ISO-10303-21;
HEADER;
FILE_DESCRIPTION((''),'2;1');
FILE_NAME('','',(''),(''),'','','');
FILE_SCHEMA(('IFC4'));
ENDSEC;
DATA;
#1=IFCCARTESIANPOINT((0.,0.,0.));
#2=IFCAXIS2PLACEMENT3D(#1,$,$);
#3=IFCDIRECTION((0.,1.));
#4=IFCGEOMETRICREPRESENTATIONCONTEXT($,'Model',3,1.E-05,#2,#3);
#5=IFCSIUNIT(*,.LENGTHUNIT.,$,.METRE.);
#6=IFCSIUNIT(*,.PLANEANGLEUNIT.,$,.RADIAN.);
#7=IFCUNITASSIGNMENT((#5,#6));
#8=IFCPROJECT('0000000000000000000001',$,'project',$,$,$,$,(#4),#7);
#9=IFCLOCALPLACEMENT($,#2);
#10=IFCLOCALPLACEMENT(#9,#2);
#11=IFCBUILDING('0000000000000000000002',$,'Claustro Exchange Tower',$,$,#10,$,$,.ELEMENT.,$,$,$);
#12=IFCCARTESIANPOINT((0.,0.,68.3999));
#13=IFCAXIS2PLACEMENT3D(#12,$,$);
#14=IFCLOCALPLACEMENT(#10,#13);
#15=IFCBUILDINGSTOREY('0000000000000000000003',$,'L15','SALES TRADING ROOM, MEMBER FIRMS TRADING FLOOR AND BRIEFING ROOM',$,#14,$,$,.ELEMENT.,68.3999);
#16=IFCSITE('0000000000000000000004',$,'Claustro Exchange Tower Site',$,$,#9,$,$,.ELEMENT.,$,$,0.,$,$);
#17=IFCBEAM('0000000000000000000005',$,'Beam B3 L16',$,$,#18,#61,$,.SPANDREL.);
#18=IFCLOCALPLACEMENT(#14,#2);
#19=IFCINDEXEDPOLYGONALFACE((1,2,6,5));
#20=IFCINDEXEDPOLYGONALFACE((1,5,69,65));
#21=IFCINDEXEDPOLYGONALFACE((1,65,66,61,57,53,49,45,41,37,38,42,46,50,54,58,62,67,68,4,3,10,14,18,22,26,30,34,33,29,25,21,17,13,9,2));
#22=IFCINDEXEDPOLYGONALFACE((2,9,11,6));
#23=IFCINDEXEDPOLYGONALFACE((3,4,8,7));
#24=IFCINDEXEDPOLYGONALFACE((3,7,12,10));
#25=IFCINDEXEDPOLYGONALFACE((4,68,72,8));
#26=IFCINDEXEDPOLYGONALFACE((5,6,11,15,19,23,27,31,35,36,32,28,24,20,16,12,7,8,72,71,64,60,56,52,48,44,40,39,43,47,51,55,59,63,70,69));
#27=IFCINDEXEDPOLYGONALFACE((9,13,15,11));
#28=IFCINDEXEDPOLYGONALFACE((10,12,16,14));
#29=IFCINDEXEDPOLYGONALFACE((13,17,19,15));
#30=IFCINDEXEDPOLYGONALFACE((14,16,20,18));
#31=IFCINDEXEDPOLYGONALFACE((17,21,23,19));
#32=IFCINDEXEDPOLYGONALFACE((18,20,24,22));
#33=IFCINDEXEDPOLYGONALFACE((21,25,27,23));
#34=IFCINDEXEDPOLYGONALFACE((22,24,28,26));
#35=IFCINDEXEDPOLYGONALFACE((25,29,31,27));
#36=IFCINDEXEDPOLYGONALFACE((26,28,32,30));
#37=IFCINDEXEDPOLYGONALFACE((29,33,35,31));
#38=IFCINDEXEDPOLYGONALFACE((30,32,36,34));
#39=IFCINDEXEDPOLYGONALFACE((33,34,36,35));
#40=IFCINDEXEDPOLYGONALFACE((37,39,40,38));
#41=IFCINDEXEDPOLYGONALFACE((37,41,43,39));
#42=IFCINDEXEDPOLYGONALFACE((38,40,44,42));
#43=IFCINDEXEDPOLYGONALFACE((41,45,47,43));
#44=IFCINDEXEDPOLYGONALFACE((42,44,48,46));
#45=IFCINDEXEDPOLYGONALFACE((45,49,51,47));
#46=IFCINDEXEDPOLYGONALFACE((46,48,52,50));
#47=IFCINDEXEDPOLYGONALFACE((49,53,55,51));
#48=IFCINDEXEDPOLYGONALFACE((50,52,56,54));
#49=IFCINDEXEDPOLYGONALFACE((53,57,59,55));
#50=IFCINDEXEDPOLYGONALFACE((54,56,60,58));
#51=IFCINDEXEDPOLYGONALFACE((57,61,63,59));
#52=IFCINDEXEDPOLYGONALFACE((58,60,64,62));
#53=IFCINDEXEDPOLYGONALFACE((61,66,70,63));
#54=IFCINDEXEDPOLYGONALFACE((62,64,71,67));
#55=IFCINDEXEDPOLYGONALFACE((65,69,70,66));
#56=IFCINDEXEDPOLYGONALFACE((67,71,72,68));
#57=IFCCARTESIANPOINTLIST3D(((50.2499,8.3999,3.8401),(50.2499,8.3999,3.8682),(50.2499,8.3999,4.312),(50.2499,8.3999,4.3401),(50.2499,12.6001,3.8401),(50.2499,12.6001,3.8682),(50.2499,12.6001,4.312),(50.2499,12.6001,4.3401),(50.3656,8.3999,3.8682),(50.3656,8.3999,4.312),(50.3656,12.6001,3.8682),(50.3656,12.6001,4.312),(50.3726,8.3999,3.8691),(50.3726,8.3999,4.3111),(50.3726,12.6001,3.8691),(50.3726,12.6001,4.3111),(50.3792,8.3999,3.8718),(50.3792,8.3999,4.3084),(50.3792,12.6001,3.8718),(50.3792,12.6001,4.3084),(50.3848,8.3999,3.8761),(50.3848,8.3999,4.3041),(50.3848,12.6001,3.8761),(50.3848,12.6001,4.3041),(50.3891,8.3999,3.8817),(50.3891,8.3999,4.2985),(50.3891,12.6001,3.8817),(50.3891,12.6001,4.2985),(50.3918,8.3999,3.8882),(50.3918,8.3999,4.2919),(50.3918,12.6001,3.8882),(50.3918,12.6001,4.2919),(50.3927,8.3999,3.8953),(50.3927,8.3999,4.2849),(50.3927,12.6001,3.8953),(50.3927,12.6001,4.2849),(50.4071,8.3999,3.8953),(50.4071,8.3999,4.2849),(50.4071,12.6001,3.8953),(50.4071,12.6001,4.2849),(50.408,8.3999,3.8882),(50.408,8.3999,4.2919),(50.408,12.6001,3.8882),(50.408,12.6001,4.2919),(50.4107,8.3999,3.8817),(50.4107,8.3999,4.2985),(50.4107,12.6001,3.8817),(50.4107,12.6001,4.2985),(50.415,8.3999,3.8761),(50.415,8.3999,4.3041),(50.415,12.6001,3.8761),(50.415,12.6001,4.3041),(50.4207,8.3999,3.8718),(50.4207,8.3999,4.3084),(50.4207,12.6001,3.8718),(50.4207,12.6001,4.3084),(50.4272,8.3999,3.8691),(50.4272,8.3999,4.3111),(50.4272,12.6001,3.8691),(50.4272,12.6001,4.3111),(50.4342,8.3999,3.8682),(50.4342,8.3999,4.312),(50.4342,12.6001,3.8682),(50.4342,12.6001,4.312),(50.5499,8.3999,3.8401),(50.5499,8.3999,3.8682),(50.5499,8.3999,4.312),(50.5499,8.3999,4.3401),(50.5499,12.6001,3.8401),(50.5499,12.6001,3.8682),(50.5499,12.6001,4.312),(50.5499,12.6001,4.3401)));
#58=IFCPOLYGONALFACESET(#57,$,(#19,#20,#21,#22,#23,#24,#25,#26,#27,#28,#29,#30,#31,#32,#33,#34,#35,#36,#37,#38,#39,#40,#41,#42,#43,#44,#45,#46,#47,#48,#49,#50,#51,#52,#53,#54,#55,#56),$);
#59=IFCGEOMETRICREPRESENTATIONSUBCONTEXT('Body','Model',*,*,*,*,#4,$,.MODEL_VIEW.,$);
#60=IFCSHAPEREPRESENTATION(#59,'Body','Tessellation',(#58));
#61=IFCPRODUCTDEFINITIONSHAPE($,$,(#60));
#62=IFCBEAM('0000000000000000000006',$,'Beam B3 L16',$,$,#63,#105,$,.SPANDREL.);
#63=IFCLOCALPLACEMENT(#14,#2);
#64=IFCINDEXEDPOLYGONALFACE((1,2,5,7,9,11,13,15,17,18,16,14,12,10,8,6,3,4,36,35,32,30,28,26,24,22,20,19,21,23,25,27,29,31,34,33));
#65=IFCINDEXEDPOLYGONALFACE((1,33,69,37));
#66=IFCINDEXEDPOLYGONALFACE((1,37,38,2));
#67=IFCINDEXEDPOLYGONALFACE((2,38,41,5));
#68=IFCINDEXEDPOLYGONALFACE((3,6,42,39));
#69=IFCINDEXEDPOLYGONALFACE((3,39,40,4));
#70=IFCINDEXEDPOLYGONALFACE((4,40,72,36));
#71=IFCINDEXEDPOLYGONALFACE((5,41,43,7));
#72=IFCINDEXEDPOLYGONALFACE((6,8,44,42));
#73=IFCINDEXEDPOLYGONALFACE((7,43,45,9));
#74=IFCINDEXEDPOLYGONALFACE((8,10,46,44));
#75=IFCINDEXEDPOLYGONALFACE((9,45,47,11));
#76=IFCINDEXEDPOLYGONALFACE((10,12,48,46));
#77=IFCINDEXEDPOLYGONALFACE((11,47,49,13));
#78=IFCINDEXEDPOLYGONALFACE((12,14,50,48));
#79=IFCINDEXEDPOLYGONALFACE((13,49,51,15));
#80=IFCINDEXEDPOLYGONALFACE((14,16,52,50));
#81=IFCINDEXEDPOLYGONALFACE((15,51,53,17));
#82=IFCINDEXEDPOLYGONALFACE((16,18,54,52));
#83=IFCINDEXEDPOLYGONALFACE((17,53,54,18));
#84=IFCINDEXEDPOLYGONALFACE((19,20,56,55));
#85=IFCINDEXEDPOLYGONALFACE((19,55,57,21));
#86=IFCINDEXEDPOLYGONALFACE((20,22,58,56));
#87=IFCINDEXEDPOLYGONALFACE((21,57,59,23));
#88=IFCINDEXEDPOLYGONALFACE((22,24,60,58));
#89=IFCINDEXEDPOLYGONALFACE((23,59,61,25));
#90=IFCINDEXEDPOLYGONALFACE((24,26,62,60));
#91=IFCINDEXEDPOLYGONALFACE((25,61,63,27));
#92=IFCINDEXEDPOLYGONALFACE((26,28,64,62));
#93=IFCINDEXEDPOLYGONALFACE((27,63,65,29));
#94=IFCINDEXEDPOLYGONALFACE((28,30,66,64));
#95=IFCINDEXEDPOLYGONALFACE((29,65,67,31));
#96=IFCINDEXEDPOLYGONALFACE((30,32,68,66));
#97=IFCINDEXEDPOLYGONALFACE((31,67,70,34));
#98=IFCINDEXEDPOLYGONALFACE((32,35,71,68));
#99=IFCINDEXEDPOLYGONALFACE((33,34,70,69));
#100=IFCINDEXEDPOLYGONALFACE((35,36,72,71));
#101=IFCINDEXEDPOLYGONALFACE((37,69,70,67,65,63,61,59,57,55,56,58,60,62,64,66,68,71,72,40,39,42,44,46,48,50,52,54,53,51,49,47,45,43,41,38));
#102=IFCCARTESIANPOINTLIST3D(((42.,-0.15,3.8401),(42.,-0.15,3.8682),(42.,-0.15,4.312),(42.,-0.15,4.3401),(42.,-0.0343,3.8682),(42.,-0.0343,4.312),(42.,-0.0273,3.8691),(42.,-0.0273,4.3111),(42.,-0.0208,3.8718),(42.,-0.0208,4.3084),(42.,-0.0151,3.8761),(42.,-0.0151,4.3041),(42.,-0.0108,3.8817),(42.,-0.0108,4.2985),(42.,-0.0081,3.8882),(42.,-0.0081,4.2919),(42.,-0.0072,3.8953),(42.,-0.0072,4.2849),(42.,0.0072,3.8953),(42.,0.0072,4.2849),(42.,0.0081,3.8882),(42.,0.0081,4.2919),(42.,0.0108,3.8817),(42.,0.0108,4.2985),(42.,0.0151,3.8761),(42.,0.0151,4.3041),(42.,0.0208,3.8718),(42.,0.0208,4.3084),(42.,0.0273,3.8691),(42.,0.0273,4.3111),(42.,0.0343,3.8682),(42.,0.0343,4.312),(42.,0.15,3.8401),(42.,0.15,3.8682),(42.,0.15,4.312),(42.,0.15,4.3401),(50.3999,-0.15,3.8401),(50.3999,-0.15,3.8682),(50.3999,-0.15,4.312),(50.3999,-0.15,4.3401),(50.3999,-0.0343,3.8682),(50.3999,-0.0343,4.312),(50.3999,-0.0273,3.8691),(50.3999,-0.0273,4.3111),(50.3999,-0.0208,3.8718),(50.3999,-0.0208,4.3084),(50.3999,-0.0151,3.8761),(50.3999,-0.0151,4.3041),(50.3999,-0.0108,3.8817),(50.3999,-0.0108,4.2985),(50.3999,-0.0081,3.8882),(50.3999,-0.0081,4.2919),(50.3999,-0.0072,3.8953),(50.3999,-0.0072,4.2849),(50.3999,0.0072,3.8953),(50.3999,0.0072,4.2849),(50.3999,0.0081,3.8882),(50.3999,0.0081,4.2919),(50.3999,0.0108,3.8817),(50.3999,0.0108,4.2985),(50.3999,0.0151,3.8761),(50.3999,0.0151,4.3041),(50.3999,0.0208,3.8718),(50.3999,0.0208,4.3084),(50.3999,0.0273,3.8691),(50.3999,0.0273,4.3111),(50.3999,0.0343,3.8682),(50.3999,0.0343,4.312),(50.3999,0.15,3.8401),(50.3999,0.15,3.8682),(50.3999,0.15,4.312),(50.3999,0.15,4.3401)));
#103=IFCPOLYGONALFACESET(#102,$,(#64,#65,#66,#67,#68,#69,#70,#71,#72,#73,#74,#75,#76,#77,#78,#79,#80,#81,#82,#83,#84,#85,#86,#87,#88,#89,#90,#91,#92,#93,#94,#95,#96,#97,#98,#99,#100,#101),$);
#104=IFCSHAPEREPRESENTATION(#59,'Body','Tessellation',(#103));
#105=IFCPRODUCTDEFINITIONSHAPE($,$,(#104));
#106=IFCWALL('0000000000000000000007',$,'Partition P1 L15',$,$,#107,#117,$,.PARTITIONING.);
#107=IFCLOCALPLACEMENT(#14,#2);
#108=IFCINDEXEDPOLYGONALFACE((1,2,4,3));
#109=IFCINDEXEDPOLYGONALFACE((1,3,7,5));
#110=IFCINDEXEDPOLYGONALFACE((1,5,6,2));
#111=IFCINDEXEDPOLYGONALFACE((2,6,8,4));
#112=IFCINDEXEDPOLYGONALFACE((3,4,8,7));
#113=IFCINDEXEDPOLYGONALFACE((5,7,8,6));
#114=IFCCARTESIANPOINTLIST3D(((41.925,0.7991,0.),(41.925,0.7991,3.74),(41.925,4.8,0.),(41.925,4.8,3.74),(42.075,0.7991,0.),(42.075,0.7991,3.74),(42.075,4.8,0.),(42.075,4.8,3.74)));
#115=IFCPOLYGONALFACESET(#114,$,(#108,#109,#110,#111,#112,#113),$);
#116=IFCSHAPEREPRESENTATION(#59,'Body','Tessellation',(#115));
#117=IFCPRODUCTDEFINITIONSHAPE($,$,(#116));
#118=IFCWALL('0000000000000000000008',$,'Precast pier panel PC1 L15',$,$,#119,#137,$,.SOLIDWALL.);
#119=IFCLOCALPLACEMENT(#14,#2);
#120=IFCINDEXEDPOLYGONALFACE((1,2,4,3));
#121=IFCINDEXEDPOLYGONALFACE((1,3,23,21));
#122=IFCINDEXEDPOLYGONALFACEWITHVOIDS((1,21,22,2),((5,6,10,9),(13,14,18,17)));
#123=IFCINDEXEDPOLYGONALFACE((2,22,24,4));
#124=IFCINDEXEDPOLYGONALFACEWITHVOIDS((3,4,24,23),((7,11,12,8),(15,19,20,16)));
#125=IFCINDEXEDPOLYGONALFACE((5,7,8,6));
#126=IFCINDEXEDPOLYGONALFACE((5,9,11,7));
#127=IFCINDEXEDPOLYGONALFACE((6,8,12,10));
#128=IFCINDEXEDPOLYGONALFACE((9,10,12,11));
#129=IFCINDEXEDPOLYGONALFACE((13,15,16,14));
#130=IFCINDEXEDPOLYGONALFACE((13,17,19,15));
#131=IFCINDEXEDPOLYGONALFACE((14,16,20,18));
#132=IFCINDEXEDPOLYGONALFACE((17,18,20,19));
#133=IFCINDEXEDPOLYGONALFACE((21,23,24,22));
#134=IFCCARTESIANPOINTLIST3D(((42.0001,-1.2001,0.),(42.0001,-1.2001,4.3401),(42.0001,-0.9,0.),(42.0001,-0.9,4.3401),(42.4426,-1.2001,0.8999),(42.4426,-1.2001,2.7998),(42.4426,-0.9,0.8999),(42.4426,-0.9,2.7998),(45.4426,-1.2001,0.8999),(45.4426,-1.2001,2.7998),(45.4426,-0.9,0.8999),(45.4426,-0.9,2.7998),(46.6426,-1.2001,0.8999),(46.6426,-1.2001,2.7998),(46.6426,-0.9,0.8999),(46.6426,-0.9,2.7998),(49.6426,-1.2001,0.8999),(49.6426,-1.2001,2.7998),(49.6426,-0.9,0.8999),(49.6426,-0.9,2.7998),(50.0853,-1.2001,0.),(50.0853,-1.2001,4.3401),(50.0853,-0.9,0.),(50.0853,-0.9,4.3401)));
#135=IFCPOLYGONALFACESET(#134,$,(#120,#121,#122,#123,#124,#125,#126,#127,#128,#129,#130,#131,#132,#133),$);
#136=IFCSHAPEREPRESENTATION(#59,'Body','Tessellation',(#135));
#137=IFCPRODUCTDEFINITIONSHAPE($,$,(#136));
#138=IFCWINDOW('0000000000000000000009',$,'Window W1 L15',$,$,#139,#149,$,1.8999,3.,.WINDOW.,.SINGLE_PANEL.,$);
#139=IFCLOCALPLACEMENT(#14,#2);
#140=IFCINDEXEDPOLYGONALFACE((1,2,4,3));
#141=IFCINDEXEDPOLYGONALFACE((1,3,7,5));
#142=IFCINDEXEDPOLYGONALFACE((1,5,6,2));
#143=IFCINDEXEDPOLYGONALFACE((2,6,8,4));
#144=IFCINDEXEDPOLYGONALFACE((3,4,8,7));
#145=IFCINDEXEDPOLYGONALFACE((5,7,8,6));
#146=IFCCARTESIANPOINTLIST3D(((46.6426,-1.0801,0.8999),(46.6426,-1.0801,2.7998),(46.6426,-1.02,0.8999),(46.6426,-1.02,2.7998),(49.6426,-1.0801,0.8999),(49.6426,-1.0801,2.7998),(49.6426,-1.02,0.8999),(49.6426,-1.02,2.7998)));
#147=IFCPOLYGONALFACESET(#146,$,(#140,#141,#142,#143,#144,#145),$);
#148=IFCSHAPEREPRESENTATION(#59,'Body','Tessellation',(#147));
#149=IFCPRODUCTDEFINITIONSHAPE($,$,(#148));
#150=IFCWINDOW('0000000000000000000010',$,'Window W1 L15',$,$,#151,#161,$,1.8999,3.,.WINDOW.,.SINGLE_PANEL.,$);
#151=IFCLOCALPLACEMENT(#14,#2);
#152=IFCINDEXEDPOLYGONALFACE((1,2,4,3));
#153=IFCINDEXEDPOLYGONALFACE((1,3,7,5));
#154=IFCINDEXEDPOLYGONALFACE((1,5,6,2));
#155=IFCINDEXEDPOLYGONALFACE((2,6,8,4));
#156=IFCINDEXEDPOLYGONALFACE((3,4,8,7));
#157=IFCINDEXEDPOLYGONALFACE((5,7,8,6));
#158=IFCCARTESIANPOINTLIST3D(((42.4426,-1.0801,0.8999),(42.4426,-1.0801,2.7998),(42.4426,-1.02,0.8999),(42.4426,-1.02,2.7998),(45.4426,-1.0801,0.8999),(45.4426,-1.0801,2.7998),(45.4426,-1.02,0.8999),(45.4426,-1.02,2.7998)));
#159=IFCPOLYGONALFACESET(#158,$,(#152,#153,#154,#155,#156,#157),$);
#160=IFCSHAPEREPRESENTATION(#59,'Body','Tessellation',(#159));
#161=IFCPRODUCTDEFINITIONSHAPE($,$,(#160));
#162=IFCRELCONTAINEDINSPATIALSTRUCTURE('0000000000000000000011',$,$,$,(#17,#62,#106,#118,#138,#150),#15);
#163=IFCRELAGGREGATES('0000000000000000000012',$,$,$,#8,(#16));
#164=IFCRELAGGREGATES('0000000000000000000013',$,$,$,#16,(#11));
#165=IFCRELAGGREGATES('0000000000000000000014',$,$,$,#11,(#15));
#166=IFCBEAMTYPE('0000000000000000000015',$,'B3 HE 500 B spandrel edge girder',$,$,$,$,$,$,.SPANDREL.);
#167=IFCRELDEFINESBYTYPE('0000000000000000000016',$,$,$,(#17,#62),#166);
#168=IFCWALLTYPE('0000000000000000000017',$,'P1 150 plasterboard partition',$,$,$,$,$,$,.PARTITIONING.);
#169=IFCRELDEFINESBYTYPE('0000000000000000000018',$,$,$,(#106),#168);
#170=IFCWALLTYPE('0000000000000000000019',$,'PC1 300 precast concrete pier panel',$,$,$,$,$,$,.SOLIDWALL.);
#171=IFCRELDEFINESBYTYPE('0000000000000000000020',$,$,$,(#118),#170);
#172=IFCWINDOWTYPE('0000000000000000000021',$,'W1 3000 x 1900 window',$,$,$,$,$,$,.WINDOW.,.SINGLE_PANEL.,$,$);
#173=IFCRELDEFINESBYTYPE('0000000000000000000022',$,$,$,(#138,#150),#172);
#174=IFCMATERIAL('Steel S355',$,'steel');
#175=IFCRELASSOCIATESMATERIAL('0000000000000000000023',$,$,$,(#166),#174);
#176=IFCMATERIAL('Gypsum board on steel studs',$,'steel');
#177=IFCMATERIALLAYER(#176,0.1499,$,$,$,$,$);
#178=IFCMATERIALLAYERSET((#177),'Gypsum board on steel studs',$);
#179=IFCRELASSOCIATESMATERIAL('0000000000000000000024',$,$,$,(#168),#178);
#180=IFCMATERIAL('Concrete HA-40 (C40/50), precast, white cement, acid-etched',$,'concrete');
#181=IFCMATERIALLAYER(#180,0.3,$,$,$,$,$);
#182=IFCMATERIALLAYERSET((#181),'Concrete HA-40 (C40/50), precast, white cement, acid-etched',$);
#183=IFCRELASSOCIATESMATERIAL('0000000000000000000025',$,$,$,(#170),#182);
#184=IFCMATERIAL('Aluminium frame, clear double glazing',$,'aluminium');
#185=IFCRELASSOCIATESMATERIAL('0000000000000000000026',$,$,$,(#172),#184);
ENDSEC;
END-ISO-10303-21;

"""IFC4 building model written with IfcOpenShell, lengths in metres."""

from ifc_helpers import new_model, si_unit, direction, frame, frame_2d, origin, origin_2d, place, context, subcontext, project, spatial, rectangle, i_section, extrude, material, layer, layer_set, material_profile, profile_set, type_object, element, fill, save


model = new_model("IFC4")

# Units and contexts
model_context = context("Model", 3, precision=1e-05, world=origin(), true_north=direction((0.0, 1.0)))
body_context = subcontext(model_context, "Body", "Model", "MODEL_VIEW")
ifc_project = project(units=[si_unit("LENGTHUNIT", "METRE"), si_unit("PLANEANGLEUNIT", "RADIAN")], contexts=[model_context])

# Site, building, storey
site_placement = place(None, origin())
site = spatial("IfcSite", under=ifc_project, at=site_placement, Name="Claustro Exchange Tower Site", CompositionType="ELEMENT", RefElevation=0.0)
building_placement = place(site_placement, origin())
building = spatial("IfcBuilding", under=site, at=building_placement, Name="Claustro Exchange Tower", CompositionType="ELEMENT")
storey_placement = place(building_placement, frame((0.0, 0.0, 68.3999)))
storey = spatial("IfcBuildingStorey", under=building, at=storey_placement, Name="L15", Description="SALES TRADING ROOM, MEMBER FIRMS TRADING FLOOR AND BRIEFING ROOM", CompositionType="ELEMENT", Elevation=68.3999)

# Beams
ifc_material_1 = material(Name="Steel S355", Category="steel")
ifc_material_profile_1 = material_profile(ifc_material_1, i_section(OverallWidth=0.3, OverallDepth=0.5, WebThickness=0.0144, FlangeThickness=0.0281, FilletRadius=0.0271, at=origin_2d()), Name="HE 500 B")
ifc_profile_set_1 = profile_set([ifc_material_profile_1], Name="Steel S355")
beam_type_1 = type_object("IfcBeamType", Name="B3 HE 500 B spandrel edge girder", PredefinedType="SPANDREL", material=ifc_profile_set_1)
beam_1_placement = place(storey_placement, frame((50.3999, 8.3999, 4.0901), z_axis=(0.0, 1.0, 0.0), x_axis=(-1.0, 0.0, 0.0)))
element("IfcBeam", 1, at=beam_1_placement, inside=storey, type_object=beam_type_1, Name="Beam B3 L16", PredefinedType="SPANDREL", context=body_context, shape_type="SweptSolid", body=[
    extrude(i_section(OverallWidth=0.3, OverallDepth=0.5, WebThickness=0.0144, FlangeThickness=0.0281, FilletRadius=0.0271, at=origin_2d()), origin(), (0.0, 0.0, 1.0), 4.2002),
])
beam_2_placement = place(storey_placement, frame((42.0, 0.0, 4.0901), z_axis=(1.0, 0.0, 0.0), x_axis=(0.0, 1.0, 0.0)))
element("IfcBeam", 2, at=beam_2_placement, inside=storey, type_object=beam_type_1, Name="Beam B3 L16", PredefinedType="SPANDREL", context=body_context, shape_type="SweptSolid", body=[
    extrude(i_section(OverallWidth=0.3, OverallDepth=0.5, WebThickness=0.0144, FlangeThickness=0.0281, FilletRadius=0.0271, at=origin_2d()), origin(), (0.0, 0.0, 1.0), 8.3999),
])

# Wall
ifc_material_2 = material(Name="Gypsum board on steel studs", Category="steel")
ifc_layer_1 = layer(ifc_material_2, 0.1499)
ifc_layer_set_1 = layer_set([ifc_layer_1], Name="Gypsum board on steel studs")
wall_type_1 = type_object("IfcWallType", Name="P1 150 plasterboard partition", PredefinedType="PARTITIONING", material=ifc_layer_set_1)
wall_1_placement = place(storey_placement, frame((42.0, 0.7991, 0.0), z_axis=(0.0, 0.0, 1.0), x_axis=(0.0, 1.0, 0.0)))
element("IfcWall", 3, at=wall_1_placement, inside=storey, type_object=wall_type_1, Name="Partition P1 L15", PredefinedType="PARTITIONING", context=body_context, shape_type="SweptSolid", body=[
    extrude(rectangle(XDim=4.001, YDim=0.1499, at=frame_2d((2.0005, 0.0))), origin(), (0.0, 0.0, 1.0), 3.74),
])

# Wall, openings, windows
ifc_material_3 = material(Name="Concrete HA-40 (C40/50), precast, white cement, acid-etched", Category="concrete")
ifc_layer_2 = layer(ifc_material_3, 0.3)
ifc_layer_set_2 = layer_set([ifc_layer_2], Name="Concrete HA-40 (C40/50), precast, white cement, acid-etched")
wall_type_2 = type_object("IfcWallType", Name="PC1 300 precast concrete pier panel", PredefinedType="SOLIDWALL", material=ifc_layer_set_2)
wall_2_placement = place(storey_placement, frame((50.0852, -1.05, 0.0), z_axis=(0.0, 0.0, 1.0), x_axis=(-1.0, 0.0, 0.0)))
wall_2 = element("IfcWall", 4, at=wall_2_placement, inside=storey, type_object=wall_type_2, Name="Precast pier panel PC1 L15", PredefinedType="SOLIDWALL", context=body_context, shape_type="SweptSolid", body=[
    extrude(rectangle(XDim=8.0852, YDim=0.3, at=frame_2d((4.0425, 0.0))), origin(), (0.0, 0.0, 1.0), 4.3401),
])
opening_1_placement = place(wall_2_placement, frame((0.4426, 0.0, 0.8999)))
opening_1 = element("IfcOpeningElement", 5, at=opening_1_placement, cuts=wall_2, PredefinedType="OPENING", context=body_context, shape_type="SweptSolid", body=[
    extrude(rectangle(XDim=3.0, YDim=1.8999, at=frame_2d((1.5, 0.95))), frame((0.0, 0.1599, 0.0), z_axis=(0.0, -1.0, 0.0), x_axis=(1.0, 0.0, 0.0)), (0.0, 0.0, 1.0), 0.3201),
])
opening_2_placement = place(wall_2_placement, frame((4.6426, 0.0, 0.8999)))
opening_2 = element("IfcOpeningElement", 6, at=opening_2_placement, cuts=wall_2, PredefinedType="OPENING", context=body_context, shape_type="SweptSolid", body=[
    extrude(rectangle(XDim=3.0, YDim=1.8999, at=frame_2d((1.5, 0.95))), frame((0.0, 0.1599, 0.0), z_axis=(0.0, -1.0, 0.0), x_axis=(1.0, 0.0, 0.0)), (0.0, 0.0, 1.0), 0.3201),
])
ifc_material_4 = material(Name="Aluminium frame, clear double glazing", Category="aluminium")
window_type = type_object("IfcWindowType", Name="W1 3000 x 1900 window", PartitioningType="SINGLE_PANEL", PredefinedType="WINDOW", material=ifc_material_4)
window_1_placement = place(opening_1_placement, origin())
window_1 = element("IfcWindow", 7, at=window_1_placement, inside=storey, type_object=window_type, Name="Window W1 L15", OverallHeight=1.8999, OverallWidth=3.0, PartitioningType="SINGLE_PANEL", PredefinedType="WINDOW", context=body_context, shape_type="SweptSolid", body=[
    extrude(rectangle(XDim=3.0, YDim=1.8999, at=frame_2d((1.5, 0.95))), frame((0.0, 0.03, 0.0), z_axis=(0.0, -1.0, 0.0), x_axis=(1.0, 0.0, 0.0)), (0.0, 0.0, 1.0), 0.0601),
])
fill(opening_1, window_1)
window_2_placement = place(opening_2_placement, origin())
window_2 = element("IfcWindow", 8, at=window_2_placement, inside=storey, type_object=window_type, Name="Window W1 L15", OverallHeight=1.8999, OverallWidth=3.0, PartitioningType="SINGLE_PANEL", PredefinedType="WINDOW", context=body_context, shape_type="SweptSolid", body=[
    extrude(rectangle(XDim=3.0, YDim=1.8999, at=frame_2d((1.5, 0.95))), frame((0.0, 0.03, 0.0), z_axis=(0.0, -1.0, 0.0), x_axis=(1.0, 0.0, 0.0)), (0.0, 0.0, 1.0), 0.0601),
])
fill(opening_2, window_2)

save(model, "model.ifc")
